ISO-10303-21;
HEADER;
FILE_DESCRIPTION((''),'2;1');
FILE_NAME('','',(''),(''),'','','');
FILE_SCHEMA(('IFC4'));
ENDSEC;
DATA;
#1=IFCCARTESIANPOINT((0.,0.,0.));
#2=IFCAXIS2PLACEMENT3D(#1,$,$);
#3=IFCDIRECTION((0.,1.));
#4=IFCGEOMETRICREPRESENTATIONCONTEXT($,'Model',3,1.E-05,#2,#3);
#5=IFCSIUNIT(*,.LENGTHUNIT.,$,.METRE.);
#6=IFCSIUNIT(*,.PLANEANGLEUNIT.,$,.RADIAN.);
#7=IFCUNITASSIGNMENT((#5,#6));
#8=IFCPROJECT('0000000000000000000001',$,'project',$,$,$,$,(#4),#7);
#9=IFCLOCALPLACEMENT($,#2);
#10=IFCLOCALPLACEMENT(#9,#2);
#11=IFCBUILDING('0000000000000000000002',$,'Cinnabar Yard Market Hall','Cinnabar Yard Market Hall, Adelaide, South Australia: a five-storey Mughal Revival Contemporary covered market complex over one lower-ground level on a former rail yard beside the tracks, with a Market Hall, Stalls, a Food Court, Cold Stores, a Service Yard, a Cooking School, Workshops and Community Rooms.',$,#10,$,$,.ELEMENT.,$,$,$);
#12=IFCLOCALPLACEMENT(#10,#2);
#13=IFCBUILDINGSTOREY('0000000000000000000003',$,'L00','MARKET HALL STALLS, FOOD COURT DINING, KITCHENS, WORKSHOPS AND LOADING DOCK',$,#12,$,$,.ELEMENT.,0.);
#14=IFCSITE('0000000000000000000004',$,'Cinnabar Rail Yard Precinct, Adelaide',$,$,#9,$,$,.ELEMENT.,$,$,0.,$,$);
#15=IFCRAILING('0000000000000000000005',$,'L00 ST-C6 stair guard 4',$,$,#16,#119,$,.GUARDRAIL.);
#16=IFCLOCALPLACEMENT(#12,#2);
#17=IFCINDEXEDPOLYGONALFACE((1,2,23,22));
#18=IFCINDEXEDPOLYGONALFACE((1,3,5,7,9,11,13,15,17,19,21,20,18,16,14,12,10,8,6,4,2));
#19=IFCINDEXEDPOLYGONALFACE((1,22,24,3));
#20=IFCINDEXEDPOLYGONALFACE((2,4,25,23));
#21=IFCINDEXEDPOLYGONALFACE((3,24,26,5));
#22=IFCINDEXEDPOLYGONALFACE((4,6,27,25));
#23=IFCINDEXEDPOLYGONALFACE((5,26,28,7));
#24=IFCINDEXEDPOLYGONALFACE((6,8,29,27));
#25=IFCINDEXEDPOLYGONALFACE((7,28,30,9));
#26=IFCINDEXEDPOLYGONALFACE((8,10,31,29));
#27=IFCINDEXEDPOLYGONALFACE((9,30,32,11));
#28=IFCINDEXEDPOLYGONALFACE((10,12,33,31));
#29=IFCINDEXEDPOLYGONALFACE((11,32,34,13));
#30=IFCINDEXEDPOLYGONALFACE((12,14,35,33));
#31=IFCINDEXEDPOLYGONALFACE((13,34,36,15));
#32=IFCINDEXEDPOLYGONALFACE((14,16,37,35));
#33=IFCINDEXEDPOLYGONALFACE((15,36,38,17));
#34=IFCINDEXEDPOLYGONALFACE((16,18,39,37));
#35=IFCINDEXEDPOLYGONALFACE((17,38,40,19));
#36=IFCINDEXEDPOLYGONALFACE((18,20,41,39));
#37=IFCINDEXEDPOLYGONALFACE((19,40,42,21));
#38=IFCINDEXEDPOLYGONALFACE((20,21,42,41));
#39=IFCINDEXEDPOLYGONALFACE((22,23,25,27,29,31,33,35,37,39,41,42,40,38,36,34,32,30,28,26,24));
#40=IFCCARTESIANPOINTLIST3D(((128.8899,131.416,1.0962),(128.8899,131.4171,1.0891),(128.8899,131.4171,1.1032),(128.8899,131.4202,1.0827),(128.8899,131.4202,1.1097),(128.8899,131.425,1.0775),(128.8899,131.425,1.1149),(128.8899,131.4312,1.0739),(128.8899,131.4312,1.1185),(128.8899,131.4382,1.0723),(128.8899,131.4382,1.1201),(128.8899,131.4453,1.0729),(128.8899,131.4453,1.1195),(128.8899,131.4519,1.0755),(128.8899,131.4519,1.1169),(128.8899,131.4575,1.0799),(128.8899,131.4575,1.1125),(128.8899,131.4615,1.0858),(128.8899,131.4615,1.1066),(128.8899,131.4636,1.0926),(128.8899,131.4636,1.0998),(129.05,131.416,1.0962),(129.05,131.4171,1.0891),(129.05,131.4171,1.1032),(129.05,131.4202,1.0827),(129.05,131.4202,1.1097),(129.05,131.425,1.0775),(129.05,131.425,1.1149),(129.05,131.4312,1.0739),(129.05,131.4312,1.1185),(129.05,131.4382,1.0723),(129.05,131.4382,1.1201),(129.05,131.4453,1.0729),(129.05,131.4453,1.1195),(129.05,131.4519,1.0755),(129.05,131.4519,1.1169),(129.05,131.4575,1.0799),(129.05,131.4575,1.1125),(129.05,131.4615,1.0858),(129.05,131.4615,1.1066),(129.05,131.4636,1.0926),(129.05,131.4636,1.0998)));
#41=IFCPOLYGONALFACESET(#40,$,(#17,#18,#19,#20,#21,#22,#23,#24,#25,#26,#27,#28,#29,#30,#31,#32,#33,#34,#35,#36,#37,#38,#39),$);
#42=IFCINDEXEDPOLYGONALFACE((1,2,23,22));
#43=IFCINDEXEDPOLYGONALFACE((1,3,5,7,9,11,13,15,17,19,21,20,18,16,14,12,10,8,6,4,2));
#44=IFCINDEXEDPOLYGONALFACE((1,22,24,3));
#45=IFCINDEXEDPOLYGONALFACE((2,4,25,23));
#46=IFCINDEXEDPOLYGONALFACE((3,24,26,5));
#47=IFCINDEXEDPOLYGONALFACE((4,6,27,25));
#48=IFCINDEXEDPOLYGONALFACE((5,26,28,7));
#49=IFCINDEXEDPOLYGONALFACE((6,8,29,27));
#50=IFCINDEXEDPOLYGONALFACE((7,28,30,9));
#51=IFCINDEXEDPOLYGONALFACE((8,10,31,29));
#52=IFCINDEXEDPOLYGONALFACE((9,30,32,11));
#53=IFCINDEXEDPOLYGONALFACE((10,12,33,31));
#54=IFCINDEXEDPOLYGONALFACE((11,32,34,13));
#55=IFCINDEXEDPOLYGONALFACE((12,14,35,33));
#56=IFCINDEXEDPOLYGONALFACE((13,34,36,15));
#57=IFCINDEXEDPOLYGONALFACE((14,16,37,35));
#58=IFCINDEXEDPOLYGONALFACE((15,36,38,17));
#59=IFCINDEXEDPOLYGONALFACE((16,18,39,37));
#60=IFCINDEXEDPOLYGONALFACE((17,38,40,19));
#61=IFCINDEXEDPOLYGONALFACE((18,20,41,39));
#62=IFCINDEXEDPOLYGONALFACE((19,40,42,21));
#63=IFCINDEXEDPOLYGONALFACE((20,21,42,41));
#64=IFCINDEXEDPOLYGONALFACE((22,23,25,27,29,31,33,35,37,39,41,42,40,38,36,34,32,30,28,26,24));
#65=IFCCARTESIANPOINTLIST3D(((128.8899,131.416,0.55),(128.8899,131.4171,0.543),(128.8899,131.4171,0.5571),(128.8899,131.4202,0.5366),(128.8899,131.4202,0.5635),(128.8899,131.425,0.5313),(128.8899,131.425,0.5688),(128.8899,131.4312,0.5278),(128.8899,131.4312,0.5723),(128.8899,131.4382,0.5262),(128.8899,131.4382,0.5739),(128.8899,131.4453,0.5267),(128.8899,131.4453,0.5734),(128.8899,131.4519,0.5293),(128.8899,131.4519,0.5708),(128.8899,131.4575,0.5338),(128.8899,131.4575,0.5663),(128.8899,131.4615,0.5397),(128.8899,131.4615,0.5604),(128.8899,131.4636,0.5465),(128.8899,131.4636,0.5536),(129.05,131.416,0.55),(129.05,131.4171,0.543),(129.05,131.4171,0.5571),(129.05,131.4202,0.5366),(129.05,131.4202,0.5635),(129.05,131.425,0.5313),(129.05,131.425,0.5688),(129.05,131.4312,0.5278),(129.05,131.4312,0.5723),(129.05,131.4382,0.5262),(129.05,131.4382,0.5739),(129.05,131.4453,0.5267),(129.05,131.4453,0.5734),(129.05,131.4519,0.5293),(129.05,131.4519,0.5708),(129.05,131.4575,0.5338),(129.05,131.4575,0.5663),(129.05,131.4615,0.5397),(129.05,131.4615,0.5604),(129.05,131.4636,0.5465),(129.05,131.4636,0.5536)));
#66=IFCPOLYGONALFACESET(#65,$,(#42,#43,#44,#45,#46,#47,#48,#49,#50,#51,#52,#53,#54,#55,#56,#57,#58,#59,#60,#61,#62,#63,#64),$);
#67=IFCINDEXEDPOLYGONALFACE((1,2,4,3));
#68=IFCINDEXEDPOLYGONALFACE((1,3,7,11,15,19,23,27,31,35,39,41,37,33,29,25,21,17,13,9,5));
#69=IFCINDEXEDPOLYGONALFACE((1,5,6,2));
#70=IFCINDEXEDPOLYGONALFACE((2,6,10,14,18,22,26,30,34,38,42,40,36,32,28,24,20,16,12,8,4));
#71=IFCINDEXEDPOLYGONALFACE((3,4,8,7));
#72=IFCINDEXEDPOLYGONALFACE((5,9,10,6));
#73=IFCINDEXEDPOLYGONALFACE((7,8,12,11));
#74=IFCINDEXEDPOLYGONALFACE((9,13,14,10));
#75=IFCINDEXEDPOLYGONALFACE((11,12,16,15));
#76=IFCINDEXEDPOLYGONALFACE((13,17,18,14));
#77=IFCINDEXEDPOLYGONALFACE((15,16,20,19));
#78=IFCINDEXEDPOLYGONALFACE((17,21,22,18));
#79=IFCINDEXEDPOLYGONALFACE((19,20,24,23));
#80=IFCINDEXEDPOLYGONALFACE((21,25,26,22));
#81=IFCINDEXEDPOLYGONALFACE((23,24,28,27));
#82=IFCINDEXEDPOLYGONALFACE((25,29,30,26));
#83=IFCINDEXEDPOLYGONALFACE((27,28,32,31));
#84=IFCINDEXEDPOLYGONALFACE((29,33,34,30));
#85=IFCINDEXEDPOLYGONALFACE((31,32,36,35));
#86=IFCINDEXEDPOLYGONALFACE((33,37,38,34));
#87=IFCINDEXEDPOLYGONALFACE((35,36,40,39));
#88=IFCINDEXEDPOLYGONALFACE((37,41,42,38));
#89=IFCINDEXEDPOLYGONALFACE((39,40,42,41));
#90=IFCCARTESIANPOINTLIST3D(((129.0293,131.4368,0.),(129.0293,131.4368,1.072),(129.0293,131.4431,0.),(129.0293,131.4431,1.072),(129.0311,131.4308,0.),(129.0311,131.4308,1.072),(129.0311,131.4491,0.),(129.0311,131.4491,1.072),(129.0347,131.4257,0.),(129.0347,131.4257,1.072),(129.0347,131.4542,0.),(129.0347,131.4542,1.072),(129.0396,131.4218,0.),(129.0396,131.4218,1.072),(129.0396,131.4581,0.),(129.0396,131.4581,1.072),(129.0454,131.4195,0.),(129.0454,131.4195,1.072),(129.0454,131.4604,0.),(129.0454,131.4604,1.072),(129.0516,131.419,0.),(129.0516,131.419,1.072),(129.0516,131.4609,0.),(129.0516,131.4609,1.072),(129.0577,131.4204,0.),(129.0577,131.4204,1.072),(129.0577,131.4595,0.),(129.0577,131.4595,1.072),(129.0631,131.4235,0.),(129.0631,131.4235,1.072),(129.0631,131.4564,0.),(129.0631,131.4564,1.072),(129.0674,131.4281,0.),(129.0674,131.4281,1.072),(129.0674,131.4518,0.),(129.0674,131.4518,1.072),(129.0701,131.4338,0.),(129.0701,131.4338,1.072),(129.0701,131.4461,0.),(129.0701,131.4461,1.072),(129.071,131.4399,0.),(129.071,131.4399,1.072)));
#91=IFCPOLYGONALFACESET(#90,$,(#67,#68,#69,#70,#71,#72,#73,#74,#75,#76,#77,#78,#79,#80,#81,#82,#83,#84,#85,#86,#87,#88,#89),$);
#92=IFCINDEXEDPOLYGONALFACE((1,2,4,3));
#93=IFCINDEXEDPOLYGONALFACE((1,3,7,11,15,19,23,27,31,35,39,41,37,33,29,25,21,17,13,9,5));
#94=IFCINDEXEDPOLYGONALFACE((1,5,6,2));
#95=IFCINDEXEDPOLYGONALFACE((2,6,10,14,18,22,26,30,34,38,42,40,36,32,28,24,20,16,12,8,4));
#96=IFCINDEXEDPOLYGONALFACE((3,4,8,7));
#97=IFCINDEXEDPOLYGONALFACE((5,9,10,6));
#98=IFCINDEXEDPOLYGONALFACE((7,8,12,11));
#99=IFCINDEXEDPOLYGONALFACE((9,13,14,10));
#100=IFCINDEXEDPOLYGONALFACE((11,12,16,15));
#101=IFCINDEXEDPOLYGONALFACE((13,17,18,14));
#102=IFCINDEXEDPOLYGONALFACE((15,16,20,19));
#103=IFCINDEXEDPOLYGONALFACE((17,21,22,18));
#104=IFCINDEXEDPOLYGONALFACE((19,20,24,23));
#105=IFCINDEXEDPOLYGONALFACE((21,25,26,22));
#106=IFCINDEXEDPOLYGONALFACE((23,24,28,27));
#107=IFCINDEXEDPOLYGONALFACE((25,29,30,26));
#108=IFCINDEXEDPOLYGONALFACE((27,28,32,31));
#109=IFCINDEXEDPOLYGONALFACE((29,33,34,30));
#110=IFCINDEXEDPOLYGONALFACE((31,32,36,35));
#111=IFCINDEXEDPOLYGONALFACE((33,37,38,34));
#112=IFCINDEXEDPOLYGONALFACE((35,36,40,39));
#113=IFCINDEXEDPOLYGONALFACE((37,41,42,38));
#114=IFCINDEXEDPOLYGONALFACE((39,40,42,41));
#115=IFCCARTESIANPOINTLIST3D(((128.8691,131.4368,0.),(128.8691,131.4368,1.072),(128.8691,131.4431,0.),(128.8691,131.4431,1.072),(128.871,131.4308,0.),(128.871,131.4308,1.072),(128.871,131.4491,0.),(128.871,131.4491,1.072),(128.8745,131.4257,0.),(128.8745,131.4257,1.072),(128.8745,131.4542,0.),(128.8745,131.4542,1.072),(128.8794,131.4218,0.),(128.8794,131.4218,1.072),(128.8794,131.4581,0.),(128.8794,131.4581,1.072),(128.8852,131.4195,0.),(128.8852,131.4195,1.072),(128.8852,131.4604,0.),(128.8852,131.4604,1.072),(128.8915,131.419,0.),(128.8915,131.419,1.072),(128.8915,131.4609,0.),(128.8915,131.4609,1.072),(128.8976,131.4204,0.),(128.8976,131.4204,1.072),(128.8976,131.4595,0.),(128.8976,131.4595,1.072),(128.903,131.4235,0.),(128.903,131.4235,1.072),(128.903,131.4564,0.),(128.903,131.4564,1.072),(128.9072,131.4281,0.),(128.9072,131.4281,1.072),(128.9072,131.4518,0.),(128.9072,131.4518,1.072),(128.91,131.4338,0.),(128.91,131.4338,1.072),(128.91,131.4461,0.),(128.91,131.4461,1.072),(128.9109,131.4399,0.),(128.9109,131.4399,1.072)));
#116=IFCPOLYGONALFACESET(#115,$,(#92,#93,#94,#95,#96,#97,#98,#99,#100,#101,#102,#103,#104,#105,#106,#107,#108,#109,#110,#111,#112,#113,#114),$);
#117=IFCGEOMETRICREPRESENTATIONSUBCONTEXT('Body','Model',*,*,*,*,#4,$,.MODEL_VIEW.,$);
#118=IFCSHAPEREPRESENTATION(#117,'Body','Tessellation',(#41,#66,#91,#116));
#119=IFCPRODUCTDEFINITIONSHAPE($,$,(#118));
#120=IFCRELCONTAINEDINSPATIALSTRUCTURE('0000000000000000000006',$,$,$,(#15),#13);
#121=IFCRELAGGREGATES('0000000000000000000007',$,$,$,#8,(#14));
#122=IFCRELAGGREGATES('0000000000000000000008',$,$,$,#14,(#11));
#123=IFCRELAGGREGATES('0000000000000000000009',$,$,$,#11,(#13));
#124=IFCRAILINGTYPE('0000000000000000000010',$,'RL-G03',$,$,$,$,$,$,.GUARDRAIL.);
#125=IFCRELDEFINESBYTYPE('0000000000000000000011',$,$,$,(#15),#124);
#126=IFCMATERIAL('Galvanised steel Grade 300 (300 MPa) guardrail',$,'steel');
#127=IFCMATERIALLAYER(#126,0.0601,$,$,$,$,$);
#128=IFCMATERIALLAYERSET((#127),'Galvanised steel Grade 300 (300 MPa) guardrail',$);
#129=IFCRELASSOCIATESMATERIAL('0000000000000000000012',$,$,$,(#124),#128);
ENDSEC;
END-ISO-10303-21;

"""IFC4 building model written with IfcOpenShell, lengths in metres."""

from ifc_helpers import new_model, si_unit, direction, frame, origin, origin_2d_with_axis, place, context, subcontext, project, spatial, circle, extrude, material, layer, layer_set, type_object, element, save


model = new_model("IFC4")

# Units and contexts
model_context = context("Model", 3, precision=1e-05, world=origin(), true_north=direction((0.0, 1.0)))
body_context = subcontext(model_context, "Body", "Model", "MODEL_VIEW")
ifc_project = project(units=[si_unit("LENGTHUNIT", "METRE"), si_unit("PLANEANGLEUNIT", "RADIAN")], contexts=[model_context])

# Site, building, storey
site_placement = place(None, origin())
site = spatial("IfcSite", under=ifc_project, at=site_placement, Name="Cinnabar Rail Yard Precinct, Adelaide", CompositionType="ELEMENT", RefElevation=0.0)
building_placement = place(site_placement, origin())
building = spatial("IfcBuilding", under=site, at=building_placement, Name="Cinnabar Yard Market Hall", Description="Cinnabar Yard Market Hall, Adelaide, South Australia: a five-storey Mughal Revival Contemporary covered market complex over one lower-ground level on a former rail yard beside the tracks, with a Market Hall, Stalls, a Food Court, Cold Stores, a Service Yard, a Cooking School, Workshops and Community Rooms.", CompositionType="ELEMENT")
storey_placement = place(building_placement, origin())
storey = spatial("IfcBuildingStorey", under=building, at=storey_placement, Name="L00", Description="MARKET HALL STALLS, FOOD COURT DINING, KITCHENS, WORKSHOPS AND LOADING DOCK", CompositionType="ELEMENT", Elevation=0.0)

# Railing
ifc_material_1 = material(Name="Galvanised steel Grade 300 (300 MPa) guardrail", Category="steel")
ifc_layer_1 = layer(ifc_material_1, 0.0601)
ifc_layer_set_1 = layer_set([ifc_layer_1], Name="Galvanised steel Grade 300 (300 MPa) guardrail")
railing_type_1 = type_object("IfcRailingType", Name="RL-G03", PredefinedType="GUARDRAIL", material=ifc_layer_set_1)
railing_1_placement = place(storey_placement, frame((129.05, 131.4399, 0.0)))
element("IfcRailing", 1, at=railing_1_placement, inside=storey, type_object=railing_type_1, Name="L00 ST-C6 stair guard 4", PredefinedType="GUARDRAIL", context=body_context, shape_type="SweptSolid", body=[
    extrude(circle(Radius=0.0239, at=origin_2d_with_axis()), frame((0.0, 0.0, 1.0962), z_axis=(-1.0, 0.0, 0.0), x_axis=(0.0, -1.0, 0.0)), (0.0, 0.0, 1.0), 0.1602),
    extrude(circle(Radius=0.0239, at=origin_2d_with_axis()), frame((0.0, 0.0, 0.55), z_axis=(-1.0, 0.0, 0.0), x_axis=(0.0, -1.0, 0.0)), (0.0, 0.0, 1.0), 0.1602),
    extrude(circle(Radius=0.021, at=origin_2d_with_axis()), origin(), (0.0, 0.0, 1.0), 1.072),
    extrude(circle(Radius=0.021, at=origin_2d_with_axis()), frame((-0.1602, 0.0, 0.0)), (0.0, 0.0, 1.0), 1.072),
])

save(model, "model.ifc")
